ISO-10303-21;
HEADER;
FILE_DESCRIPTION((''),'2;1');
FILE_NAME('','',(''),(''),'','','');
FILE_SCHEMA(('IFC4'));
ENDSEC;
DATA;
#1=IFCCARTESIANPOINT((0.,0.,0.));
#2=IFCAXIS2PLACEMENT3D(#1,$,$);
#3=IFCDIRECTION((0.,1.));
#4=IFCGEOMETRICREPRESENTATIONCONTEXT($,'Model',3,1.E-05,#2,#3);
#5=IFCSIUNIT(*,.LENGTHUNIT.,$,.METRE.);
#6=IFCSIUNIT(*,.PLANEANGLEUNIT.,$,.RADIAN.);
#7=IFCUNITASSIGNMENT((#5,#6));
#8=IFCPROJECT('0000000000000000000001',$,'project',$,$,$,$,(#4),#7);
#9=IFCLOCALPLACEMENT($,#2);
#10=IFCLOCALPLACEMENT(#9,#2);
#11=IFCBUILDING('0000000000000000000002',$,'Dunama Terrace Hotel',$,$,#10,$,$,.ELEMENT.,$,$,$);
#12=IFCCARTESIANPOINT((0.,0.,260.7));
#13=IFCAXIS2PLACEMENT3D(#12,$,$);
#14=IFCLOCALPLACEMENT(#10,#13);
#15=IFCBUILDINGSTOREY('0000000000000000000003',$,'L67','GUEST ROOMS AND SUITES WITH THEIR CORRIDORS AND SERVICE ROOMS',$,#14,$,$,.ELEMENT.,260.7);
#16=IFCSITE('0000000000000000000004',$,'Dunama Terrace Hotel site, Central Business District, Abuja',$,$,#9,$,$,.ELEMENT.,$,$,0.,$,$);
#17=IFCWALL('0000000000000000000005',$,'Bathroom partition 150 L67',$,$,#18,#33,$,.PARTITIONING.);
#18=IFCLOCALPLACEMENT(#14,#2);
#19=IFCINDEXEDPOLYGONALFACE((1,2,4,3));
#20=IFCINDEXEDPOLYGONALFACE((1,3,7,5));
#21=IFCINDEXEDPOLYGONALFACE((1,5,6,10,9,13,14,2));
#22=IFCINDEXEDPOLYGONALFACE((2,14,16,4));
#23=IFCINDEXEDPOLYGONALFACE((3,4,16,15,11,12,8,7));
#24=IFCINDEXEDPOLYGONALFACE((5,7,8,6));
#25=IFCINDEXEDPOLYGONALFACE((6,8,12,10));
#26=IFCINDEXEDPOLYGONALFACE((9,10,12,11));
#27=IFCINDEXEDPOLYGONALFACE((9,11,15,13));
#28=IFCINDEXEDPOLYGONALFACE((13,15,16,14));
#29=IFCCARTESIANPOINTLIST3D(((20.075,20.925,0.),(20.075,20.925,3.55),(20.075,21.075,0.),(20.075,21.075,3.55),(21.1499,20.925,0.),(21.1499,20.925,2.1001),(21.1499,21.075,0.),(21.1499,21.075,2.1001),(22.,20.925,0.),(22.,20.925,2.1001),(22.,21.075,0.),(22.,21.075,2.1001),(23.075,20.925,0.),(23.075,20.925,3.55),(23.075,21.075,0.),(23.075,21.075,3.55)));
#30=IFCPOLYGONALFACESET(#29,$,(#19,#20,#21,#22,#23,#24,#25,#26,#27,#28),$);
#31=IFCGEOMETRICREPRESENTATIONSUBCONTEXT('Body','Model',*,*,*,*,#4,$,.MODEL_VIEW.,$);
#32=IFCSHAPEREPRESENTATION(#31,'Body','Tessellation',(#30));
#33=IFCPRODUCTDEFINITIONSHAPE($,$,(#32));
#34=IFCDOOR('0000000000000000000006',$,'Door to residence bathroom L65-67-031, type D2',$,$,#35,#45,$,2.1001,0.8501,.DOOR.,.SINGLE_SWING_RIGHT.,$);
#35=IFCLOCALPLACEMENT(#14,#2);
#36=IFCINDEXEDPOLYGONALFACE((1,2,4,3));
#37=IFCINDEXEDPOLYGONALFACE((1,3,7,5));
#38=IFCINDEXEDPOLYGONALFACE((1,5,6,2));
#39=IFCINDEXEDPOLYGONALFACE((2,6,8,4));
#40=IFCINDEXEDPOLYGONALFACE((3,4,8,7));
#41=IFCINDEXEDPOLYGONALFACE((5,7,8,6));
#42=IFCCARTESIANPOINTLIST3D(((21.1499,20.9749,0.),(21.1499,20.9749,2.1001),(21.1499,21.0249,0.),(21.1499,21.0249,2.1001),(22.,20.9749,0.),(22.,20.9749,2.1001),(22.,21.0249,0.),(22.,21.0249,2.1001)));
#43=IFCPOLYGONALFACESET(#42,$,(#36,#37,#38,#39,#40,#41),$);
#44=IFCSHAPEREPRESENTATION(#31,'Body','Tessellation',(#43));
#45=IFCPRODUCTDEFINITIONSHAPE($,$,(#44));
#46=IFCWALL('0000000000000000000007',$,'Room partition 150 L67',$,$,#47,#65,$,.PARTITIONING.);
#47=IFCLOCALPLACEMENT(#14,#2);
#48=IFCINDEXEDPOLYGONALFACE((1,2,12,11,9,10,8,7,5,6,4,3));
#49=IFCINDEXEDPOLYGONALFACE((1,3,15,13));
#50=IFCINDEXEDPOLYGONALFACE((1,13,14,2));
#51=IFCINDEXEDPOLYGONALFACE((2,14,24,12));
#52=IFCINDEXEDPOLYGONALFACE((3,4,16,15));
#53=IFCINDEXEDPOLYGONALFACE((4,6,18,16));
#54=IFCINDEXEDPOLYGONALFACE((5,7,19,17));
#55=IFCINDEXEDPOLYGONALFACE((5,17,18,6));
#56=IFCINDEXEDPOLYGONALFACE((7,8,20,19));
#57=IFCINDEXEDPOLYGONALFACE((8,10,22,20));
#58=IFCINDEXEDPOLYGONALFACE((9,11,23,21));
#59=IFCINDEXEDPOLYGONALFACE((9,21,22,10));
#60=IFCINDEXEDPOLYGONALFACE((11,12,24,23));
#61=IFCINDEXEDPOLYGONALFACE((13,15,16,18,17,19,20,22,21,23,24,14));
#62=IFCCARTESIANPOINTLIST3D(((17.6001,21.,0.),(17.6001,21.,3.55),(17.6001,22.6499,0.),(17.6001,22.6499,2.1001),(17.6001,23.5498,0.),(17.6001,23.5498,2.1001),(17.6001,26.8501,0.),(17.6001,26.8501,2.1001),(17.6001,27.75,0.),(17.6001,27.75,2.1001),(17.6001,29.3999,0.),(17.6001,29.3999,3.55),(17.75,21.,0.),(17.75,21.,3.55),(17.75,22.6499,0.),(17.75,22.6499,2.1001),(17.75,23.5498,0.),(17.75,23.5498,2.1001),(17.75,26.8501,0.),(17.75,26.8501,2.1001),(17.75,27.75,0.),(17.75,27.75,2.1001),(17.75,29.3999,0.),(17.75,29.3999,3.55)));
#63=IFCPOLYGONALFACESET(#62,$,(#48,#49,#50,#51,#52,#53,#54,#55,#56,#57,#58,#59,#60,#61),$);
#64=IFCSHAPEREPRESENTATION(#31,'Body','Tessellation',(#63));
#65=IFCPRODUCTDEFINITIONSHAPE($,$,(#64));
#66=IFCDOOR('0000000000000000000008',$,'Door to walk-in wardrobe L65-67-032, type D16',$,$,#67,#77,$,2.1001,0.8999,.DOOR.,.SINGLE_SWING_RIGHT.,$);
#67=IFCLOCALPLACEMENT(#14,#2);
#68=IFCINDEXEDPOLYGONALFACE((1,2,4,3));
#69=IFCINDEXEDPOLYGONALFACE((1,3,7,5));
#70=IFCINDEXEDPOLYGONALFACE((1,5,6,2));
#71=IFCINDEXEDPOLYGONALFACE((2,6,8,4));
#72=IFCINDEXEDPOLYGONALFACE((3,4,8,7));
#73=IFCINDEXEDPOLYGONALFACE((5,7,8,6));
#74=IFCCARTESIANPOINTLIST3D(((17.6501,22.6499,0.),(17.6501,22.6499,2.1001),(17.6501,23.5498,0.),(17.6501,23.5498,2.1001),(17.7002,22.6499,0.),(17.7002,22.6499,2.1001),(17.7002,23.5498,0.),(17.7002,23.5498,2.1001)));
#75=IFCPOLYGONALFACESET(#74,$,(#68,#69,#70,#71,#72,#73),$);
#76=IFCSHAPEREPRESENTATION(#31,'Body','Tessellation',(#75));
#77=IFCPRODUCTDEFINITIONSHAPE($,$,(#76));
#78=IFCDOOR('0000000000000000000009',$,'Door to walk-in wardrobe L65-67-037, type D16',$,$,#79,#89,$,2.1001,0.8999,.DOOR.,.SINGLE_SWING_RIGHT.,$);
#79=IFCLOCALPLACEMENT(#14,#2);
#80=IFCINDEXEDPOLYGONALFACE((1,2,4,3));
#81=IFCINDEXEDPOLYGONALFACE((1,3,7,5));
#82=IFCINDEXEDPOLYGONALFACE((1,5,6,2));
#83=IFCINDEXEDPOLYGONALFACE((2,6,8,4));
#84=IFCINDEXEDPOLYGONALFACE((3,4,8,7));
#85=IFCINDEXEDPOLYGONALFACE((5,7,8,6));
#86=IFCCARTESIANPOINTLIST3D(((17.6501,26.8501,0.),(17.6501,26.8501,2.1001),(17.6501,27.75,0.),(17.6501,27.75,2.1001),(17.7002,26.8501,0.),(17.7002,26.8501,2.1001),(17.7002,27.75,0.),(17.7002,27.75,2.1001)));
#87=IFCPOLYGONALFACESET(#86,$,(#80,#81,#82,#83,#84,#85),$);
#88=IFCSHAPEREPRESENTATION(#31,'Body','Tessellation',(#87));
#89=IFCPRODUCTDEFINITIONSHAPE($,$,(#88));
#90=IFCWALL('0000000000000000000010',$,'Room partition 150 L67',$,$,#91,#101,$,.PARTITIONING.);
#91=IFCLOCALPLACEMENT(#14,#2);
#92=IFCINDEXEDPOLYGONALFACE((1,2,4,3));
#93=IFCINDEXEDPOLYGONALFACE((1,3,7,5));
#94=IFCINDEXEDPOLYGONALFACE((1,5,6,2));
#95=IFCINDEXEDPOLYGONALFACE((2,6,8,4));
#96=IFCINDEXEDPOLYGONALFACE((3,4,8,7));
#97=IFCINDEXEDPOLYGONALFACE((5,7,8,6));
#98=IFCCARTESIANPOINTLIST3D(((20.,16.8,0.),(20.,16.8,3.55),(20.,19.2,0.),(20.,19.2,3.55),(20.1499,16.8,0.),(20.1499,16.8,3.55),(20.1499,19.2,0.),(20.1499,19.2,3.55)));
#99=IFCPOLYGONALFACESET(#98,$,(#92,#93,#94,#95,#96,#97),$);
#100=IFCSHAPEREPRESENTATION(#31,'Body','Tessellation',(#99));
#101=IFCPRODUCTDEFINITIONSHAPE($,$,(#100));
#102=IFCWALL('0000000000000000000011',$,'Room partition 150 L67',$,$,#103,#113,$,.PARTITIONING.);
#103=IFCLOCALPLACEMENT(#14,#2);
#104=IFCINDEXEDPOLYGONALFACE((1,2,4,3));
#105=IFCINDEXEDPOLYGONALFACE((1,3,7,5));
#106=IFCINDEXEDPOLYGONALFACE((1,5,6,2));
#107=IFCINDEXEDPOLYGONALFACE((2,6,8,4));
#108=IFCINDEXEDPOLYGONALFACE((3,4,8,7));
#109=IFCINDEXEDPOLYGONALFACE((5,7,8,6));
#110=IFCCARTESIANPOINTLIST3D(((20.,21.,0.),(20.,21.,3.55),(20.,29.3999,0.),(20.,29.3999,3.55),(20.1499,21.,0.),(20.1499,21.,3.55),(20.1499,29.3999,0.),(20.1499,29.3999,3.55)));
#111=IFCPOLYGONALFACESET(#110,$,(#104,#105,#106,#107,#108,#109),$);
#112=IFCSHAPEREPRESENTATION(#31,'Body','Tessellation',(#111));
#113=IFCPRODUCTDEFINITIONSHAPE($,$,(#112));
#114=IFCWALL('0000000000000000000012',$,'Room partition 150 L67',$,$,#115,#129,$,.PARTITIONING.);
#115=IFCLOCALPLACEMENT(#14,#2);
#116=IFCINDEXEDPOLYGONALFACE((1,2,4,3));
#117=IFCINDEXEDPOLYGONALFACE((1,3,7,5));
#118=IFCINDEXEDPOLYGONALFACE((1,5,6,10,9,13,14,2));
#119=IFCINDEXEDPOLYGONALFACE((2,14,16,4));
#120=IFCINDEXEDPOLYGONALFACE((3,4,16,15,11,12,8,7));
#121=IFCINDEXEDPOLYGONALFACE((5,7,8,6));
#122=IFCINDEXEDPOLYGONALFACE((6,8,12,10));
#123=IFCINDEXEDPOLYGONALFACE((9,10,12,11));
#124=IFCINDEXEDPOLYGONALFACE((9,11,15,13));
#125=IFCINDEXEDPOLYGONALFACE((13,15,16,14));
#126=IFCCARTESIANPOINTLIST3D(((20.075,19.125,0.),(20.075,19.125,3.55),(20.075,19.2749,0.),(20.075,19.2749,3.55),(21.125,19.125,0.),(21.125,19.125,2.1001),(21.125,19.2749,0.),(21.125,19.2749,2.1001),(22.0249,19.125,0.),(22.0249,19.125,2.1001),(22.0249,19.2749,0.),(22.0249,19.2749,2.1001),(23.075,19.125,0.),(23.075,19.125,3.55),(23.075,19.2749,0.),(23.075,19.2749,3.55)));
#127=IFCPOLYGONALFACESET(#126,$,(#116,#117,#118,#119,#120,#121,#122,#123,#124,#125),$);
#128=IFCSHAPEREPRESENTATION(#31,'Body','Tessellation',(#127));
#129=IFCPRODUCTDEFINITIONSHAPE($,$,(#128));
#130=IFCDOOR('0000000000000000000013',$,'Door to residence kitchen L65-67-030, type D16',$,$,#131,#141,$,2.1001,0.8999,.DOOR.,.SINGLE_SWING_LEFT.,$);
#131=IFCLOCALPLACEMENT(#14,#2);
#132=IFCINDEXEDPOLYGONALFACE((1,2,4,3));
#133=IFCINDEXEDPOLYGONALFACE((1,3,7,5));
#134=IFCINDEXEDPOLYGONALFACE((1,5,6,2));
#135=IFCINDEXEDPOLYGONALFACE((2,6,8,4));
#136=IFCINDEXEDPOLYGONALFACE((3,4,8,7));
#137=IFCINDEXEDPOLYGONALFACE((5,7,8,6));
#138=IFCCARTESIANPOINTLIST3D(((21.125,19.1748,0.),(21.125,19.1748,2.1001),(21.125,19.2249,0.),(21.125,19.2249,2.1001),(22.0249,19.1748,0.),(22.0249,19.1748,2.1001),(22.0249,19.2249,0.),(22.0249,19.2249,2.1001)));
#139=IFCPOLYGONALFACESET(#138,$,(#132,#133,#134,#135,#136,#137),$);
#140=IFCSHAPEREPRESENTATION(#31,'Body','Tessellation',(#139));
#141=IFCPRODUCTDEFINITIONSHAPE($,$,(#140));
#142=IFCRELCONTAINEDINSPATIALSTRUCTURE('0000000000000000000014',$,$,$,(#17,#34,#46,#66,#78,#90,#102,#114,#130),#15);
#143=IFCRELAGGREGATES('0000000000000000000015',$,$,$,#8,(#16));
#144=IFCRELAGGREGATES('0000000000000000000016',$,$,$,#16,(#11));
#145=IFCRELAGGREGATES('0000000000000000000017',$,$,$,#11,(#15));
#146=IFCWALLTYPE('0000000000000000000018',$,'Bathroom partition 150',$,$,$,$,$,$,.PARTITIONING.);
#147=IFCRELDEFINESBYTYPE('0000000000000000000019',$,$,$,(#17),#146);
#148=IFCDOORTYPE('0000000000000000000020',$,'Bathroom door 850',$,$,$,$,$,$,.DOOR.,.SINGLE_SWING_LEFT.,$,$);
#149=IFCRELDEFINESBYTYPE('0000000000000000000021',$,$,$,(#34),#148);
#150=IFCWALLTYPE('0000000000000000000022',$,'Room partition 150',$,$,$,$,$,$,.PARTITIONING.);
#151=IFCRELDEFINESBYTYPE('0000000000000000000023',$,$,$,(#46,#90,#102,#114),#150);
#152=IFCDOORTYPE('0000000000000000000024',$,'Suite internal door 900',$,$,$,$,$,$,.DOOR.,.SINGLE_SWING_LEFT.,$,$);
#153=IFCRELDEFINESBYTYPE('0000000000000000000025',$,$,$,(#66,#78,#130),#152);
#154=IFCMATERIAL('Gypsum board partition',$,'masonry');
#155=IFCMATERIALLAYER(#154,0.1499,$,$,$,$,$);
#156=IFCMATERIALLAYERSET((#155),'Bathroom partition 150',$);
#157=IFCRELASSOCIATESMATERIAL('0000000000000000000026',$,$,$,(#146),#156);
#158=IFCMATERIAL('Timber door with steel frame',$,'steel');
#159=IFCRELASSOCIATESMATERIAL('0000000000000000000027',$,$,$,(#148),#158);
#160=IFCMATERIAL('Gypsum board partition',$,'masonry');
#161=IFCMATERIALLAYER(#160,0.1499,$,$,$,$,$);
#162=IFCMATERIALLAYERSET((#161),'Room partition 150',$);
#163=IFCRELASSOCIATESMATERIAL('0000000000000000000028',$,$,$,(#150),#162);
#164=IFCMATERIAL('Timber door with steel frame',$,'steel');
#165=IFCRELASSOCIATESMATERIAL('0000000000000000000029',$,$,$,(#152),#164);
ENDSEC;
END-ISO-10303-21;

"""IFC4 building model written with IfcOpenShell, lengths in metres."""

from ifc_helpers import new_model, si_unit, direction, frame, frame_2d, origin, place, context, subcontext, project, spatial, rectangle, extrude, material, layer, layer_set, type_object, element, fill, save


model = new_model("IFC4")

# Units and contexts
model_context = context("Model", 3, precision=1e-05, world=origin(), true_north=direction((0.0, 1.0)))
body_context = subcontext(model_context, "Body", "Model", "MODEL_VIEW")
ifc_project = project(units=[si_unit("LENGTHUNIT", "METRE"), si_unit("PLANEANGLEUNIT", "RADIAN")], contexts=[model_context])

# Site, building, storey
site_placement = place(None, origin())
site = spatial("IfcSite", under=ifc_project, at=site_placement, Name="Dunama Terrace Hotel site, Central Business District, Abuja", CompositionType="ELEMENT", RefElevation=0.0)
building_placement = place(site_placement, origin())
building = spatial("IfcBuilding", under=site, at=building_placement, Name="Dunama Terrace Hotel", CompositionType="ELEMENT")
storey_placement = place(building_placement, frame((0.0, 0.0, 260.7)))
storey = spatial("IfcBuildingStorey", under=building, at=storey_placement, Name="L67", Description="GUEST ROOMS AND SUITES WITH THEIR CORRIDORS AND SERVICE ROOMS", CompositionType="ELEMENT", Elevation=260.7)

# Wall, opening, door
ifc_material_1 = material(Name="Gypsum board partition", Category="masonry")
ifc_layer_1 = layer(ifc_material_1, 0.1499)
ifc_layer_set_1 = layer_set([ifc_layer_1], Name="Bathroom partition 150")
wall_type_1 = type_object("IfcWallType", Name="Bathroom partition 150", PredefinedType="PARTITIONING", material=ifc_layer_set_1)
wall_1_placement = place(storey_placement, frame((20.075, 21.0, 0.0), z_axis=(0.0, 0.0, 1.0), x_axis=(1.0, 0.0, 0.0)))
wall_1 = element("IfcWall", 1, at=wall_1_placement, inside=storey, type_object=wall_type_1, Name="Bathroom partition 150 L67", PredefinedType="PARTITIONING", context=body_context, shape_type="SweptSolid", body=[
    extrude(rectangle(XDim=3.0, YDim=0.1499, at=frame_2d((1.5, 0.0))), origin(), (0.0, 0.0, 1.0), 3.55),
])
opening_1_placement = place(wall_1_placement, frame((1.075, 0.0, 0.0)))
opening_1 = element("IfcOpeningElement", 2, at=opening_1_placement, cuts=wall_1, PredefinedType="OPENING", context=body_context, shape_type="SweptSolid", body=[
    extrude(rectangle(XDim=0.8501, YDim=2.1001, at=frame_2d((0.425, 1.05))), frame((0.0, 0.085, 0.0), z_axis=(0.0, -1.0, 0.0), x_axis=(1.0, 0.0, 0.0)), (0.0, 0.0, 1.0), 0.1699),
])
ifc_material_2 = material(Name="Timber door with steel frame", Category="steel")
door_type_1 = type_object("IfcDoorType", Name="Bathroom door 850", OperationType="SINGLE_SWING_LEFT", PredefinedType="DOOR", material=ifc_material_2)
door_1_placement = place(opening_1_placement, origin())
door_1 = element("IfcDoor", 3, at=door_1_placement, inside=storey, type_object=door_type_1, Name="Door to residence bathroom L65-67-031, type D2", OperationType="SINGLE_SWING_RIGHT", OverallHeight=2.1001, OverallWidth=0.8501, PredefinedType="DOOR", context=body_context, shape_type="SweptSolid", body=[
    extrude(rectangle(XDim=0.8501, YDim=2.1001, at=frame_2d((0.425, 1.05))), frame((0.0, 0.0249, 0.0), z_axis=(0.0, -1.0, 0.0), x_axis=(1.0, 0.0, 0.0)), (0.0, 0.0, 1.0), 0.05),
])
fill(opening_1, door_1)

# Wall, openings, doors
ifc_material_3 = material(Name="Gypsum board partition", Category="masonry")
ifc_layer_2 = layer(ifc_material_3, 0.1499)
ifc_layer_set_2 = layer_set([ifc_layer_2], Name="Room partition 150")
wall_type_2 = type_object("IfcWallType", Name="Room partition 150", PredefinedType="PARTITIONING", material=ifc_layer_set_2)
wall_2_placement = place(storey_placement, frame((17.675, 21.0, 0.0), z_axis=(0.0, 0.0, 1.0), x_axis=(0.0, 1.0, 0.0)))
wall_2 = element("IfcWall", 4, at=wall_2_placement, inside=storey, type_object=wall_type_2, Name="Room partition 150 L67", PredefinedType="PARTITIONING", context=body_context, shape_type="SweptSolid", body=[
    extrude(rectangle(XDim=8.3999, YDim=0.1499, at=frame_2d((4.2, 0.0))), origin(), (0.0, 0.0, 1.0), 3.55),
])
opening_2_placement = place(wall_2_placement, frame((1.6499, 0.0, 0.0)))
opening_2 = element("IfcOpeningElement", 5, at=opening_2_placement, cuts=wall_2, PredefinedType="OPENING", context=body_context, shape_type="SweptSolid", body=[
    extrude(rectangle(XDim=0.8999, YDim=2.1001, at=frame_2d((0.45, 1.05))), frame((0.0, 0.085, 0.0), z_axis=(0.0, -1.0, 0.0), x_axis=(1.0, 0.0, 0.0)), (0.0, 0.0, 1.0), 0.1699),
])
opening_3_placement = place(wall_2_placement, frame((5.8501, 0.0, 0.0)))
opening_3 = element("IfcOpeningElement", 6, at=opening_3_placement, cuts=wall_2, PredefinedType="OPENING", context=body_context, shape_type="SweptSolid", body=[
    extrude(rectangle(XDim=0.8999, YDim=2.1001, at=frame_2d((0.45, 1.05))), frame((0.0, 0.085, 0.0), z_axis=(0.0, -1.0, 0.0), x_axis=(1.0, 0.0, 0.0)), (0.0, 0.0, 1.0), 0.1699),
])
ifc_material_4 = material(Name="Timber door with steel frame", Category="steel")
door_type_2 = type_object("IfcDoorType", Name="Suite internal door 900", OperationType="SINGLE_SWING_LEFT", PredefinedType="DOOR", material=ifc_material_4)
door_2_placement = place(opening_2_placement, frame((0.8999, 0.0, 0.0), z_axis=(0.0, 0.0, 1.0), x_axis=(-1.0, 0.0, 0.0)))
door_2 = element("IfcDoor", 7, at=door_2_placement, inside=storey, type_object=door_type_2, Name="Door to walk-in wardrobe L65-67-032, type D16", OperationType="SINGLE_SWING_RIGHT", OverallHeight=2.1001, OverallWidth=0.8999, PredefinedType="DOOR", context=body_context, shape_type="SweptSolid", body=[
    extrude(rectangle(XDim=0.8999, YDim=2.1001, at=frame_2d((0.45, 1.05))), frame((0.0, 0.0251, 0.0), z_axis=(0.0, -1.0, 0.0), x_axis=(1.0, 0.0, 0.0)), (0.0, 0.0, 1.0), 0.05),
])
fill(opening_2, door_2)
door_3_placement = place(opening_3_placement, frame((0.8999, 0.0, 0.0), z_axis=(0.0, 0.0, 1.0), x_axis=(-1.0, 0.0, 0.0)))
door_3 = element("IfcDoor", 8, at=door_3_placement, inside=storey, type_object=door_type_2, Name="Door to walk-in wardrobe L65-67-037, type D16", OperationType="SINGLE_SWING_RIGHT", OverallHeight=2.1001, OverallWidth=0.8999, PredefinedType="DOOR", context=body_context, shape_type="SweptSolid", body=[
    extrude(rectangle(XDim=0.8999, YDim=2.1001, at=frame_2d((0.45, 1.05))), frame((0.0, 0.0251, 0.0), z_axis=(0.0, -1.0, 0.0), x_axis=(1.0, 0.0, 0.0)), (0.0, 0.0, 1.0), 0.05),
])
fill(opening_3, door_3)

# Walls
wall_3_placement = place(storey_placement, frame((20.075, 16.8, 0.0), z_axis=(0.0, 0.0, 1.0), x_axis=(0.0, 1.0, 0.0)))
element("IfcWall", 9, at=wall_3_placement, inside=storey, type_object=wall_type_2, Name="Room partition 150 L67", PredefinedType="PARTITIONING", context=body_context, shape_type="SweptSolid", body=[
    extrude(rectangle(XDim=2.3999, YDim=0.1499, at=frame_2d((1.2, 0.0))), origin(), (0.0, 0.0, 1.0), 3.55),
])
wall_4_placement = place(storey_placement, frame((20.075, 21.0, 0.0), z_axis=(0.0, 0.0, 1.0), x_axis=(0.0, 1.0, 0.0)))
element("IfcWall", 10, at=wall_4_placement, inside=storey, type_object=wall_type_2, Name="Room partition 150 L67", PredefinedType="PARTITIONING", context=body_context, shape_type="SweptSolid", body=[
    extrude(rectangle(XDim=8.3999, YDim=0.1499, at=frame_2d((4.2, 0.0))), origin(), (0.0, 0.0, 1.0), 3.55),
])

# Wall, opening, door
wall_5_placement = place(storey_placement, frame((20.075, 19.2, 0.0), z_axis=(0.0, 0.0, 1.0), x_axis=(1.0, 0.0, 0.0)))
wall_5 = element("IfcWall", 11, at=wall_5_placement, inside=storey, type_object=wall_type_2, Name="Room partition 150 L67", PredefinedType="PARTITIONING", context=body_context, shape_type="SweptSolid", body=[
    extrude(rectangle(XDim=3.0, YDim=0.1499, at=frame_2d((1.5, 0.0))), origin(), (0.0, 0.0, 1.0), 3.55),
])
opening_4_placement = place(wall_5_placement, frame((1.05, 0.0, 0.0)))
opening_4 = element("IfcOpeningElement", 12, at=opening_4_placement, cuts=wall_5, PredefinedType="OPENING", context=body_context, shape_type="SweptSolid", body=[
    extrude(rectangle(XDim=0.8999, YDim=2.1001, at=frame_2d((0.45, 1.05))), frame((0.0, 0.085, 0.0), z_axis=(0.0, -1.0, 0.0), x_axis=(1.0, 0.0, 0.0)), (0.0, 0.0, 1.0), 0.1699),
])
door_4_placement = place(opening_4_placement, frame((0.8999, 0.0, 0.0), z_axis=(0.0, 0.0, 1.0), x_axis=(-1.0, 0.0, 0.0)))
door_4 = element("IfcDoor", 13, at=door_4_placement, inside=storey, type_object=door_type_2, Name="Door to residence kitchen L65-67-030, type D16", OperationType="SINGLE_SWING_LEFT", OverallHeight=2.1001, OverallWidth=0.8999, PredefinedType="DOOR", context=body_context, shape_type="SweptSolid", body=[
    extrude(rectangle(XDim=0.8999, YDim=2.1001, at=frame_2d((0.45, 1.05))), frame((0.0, 0.0251, 0.0), z_axis=(0.0, -1.0, 0.0), x_axis=(1.0, 0.0, 0.0)), (0.0, 0.0, 1.0), 0.05),
])
fill(opening_4, door_4)

save(model, "model.ifc")
